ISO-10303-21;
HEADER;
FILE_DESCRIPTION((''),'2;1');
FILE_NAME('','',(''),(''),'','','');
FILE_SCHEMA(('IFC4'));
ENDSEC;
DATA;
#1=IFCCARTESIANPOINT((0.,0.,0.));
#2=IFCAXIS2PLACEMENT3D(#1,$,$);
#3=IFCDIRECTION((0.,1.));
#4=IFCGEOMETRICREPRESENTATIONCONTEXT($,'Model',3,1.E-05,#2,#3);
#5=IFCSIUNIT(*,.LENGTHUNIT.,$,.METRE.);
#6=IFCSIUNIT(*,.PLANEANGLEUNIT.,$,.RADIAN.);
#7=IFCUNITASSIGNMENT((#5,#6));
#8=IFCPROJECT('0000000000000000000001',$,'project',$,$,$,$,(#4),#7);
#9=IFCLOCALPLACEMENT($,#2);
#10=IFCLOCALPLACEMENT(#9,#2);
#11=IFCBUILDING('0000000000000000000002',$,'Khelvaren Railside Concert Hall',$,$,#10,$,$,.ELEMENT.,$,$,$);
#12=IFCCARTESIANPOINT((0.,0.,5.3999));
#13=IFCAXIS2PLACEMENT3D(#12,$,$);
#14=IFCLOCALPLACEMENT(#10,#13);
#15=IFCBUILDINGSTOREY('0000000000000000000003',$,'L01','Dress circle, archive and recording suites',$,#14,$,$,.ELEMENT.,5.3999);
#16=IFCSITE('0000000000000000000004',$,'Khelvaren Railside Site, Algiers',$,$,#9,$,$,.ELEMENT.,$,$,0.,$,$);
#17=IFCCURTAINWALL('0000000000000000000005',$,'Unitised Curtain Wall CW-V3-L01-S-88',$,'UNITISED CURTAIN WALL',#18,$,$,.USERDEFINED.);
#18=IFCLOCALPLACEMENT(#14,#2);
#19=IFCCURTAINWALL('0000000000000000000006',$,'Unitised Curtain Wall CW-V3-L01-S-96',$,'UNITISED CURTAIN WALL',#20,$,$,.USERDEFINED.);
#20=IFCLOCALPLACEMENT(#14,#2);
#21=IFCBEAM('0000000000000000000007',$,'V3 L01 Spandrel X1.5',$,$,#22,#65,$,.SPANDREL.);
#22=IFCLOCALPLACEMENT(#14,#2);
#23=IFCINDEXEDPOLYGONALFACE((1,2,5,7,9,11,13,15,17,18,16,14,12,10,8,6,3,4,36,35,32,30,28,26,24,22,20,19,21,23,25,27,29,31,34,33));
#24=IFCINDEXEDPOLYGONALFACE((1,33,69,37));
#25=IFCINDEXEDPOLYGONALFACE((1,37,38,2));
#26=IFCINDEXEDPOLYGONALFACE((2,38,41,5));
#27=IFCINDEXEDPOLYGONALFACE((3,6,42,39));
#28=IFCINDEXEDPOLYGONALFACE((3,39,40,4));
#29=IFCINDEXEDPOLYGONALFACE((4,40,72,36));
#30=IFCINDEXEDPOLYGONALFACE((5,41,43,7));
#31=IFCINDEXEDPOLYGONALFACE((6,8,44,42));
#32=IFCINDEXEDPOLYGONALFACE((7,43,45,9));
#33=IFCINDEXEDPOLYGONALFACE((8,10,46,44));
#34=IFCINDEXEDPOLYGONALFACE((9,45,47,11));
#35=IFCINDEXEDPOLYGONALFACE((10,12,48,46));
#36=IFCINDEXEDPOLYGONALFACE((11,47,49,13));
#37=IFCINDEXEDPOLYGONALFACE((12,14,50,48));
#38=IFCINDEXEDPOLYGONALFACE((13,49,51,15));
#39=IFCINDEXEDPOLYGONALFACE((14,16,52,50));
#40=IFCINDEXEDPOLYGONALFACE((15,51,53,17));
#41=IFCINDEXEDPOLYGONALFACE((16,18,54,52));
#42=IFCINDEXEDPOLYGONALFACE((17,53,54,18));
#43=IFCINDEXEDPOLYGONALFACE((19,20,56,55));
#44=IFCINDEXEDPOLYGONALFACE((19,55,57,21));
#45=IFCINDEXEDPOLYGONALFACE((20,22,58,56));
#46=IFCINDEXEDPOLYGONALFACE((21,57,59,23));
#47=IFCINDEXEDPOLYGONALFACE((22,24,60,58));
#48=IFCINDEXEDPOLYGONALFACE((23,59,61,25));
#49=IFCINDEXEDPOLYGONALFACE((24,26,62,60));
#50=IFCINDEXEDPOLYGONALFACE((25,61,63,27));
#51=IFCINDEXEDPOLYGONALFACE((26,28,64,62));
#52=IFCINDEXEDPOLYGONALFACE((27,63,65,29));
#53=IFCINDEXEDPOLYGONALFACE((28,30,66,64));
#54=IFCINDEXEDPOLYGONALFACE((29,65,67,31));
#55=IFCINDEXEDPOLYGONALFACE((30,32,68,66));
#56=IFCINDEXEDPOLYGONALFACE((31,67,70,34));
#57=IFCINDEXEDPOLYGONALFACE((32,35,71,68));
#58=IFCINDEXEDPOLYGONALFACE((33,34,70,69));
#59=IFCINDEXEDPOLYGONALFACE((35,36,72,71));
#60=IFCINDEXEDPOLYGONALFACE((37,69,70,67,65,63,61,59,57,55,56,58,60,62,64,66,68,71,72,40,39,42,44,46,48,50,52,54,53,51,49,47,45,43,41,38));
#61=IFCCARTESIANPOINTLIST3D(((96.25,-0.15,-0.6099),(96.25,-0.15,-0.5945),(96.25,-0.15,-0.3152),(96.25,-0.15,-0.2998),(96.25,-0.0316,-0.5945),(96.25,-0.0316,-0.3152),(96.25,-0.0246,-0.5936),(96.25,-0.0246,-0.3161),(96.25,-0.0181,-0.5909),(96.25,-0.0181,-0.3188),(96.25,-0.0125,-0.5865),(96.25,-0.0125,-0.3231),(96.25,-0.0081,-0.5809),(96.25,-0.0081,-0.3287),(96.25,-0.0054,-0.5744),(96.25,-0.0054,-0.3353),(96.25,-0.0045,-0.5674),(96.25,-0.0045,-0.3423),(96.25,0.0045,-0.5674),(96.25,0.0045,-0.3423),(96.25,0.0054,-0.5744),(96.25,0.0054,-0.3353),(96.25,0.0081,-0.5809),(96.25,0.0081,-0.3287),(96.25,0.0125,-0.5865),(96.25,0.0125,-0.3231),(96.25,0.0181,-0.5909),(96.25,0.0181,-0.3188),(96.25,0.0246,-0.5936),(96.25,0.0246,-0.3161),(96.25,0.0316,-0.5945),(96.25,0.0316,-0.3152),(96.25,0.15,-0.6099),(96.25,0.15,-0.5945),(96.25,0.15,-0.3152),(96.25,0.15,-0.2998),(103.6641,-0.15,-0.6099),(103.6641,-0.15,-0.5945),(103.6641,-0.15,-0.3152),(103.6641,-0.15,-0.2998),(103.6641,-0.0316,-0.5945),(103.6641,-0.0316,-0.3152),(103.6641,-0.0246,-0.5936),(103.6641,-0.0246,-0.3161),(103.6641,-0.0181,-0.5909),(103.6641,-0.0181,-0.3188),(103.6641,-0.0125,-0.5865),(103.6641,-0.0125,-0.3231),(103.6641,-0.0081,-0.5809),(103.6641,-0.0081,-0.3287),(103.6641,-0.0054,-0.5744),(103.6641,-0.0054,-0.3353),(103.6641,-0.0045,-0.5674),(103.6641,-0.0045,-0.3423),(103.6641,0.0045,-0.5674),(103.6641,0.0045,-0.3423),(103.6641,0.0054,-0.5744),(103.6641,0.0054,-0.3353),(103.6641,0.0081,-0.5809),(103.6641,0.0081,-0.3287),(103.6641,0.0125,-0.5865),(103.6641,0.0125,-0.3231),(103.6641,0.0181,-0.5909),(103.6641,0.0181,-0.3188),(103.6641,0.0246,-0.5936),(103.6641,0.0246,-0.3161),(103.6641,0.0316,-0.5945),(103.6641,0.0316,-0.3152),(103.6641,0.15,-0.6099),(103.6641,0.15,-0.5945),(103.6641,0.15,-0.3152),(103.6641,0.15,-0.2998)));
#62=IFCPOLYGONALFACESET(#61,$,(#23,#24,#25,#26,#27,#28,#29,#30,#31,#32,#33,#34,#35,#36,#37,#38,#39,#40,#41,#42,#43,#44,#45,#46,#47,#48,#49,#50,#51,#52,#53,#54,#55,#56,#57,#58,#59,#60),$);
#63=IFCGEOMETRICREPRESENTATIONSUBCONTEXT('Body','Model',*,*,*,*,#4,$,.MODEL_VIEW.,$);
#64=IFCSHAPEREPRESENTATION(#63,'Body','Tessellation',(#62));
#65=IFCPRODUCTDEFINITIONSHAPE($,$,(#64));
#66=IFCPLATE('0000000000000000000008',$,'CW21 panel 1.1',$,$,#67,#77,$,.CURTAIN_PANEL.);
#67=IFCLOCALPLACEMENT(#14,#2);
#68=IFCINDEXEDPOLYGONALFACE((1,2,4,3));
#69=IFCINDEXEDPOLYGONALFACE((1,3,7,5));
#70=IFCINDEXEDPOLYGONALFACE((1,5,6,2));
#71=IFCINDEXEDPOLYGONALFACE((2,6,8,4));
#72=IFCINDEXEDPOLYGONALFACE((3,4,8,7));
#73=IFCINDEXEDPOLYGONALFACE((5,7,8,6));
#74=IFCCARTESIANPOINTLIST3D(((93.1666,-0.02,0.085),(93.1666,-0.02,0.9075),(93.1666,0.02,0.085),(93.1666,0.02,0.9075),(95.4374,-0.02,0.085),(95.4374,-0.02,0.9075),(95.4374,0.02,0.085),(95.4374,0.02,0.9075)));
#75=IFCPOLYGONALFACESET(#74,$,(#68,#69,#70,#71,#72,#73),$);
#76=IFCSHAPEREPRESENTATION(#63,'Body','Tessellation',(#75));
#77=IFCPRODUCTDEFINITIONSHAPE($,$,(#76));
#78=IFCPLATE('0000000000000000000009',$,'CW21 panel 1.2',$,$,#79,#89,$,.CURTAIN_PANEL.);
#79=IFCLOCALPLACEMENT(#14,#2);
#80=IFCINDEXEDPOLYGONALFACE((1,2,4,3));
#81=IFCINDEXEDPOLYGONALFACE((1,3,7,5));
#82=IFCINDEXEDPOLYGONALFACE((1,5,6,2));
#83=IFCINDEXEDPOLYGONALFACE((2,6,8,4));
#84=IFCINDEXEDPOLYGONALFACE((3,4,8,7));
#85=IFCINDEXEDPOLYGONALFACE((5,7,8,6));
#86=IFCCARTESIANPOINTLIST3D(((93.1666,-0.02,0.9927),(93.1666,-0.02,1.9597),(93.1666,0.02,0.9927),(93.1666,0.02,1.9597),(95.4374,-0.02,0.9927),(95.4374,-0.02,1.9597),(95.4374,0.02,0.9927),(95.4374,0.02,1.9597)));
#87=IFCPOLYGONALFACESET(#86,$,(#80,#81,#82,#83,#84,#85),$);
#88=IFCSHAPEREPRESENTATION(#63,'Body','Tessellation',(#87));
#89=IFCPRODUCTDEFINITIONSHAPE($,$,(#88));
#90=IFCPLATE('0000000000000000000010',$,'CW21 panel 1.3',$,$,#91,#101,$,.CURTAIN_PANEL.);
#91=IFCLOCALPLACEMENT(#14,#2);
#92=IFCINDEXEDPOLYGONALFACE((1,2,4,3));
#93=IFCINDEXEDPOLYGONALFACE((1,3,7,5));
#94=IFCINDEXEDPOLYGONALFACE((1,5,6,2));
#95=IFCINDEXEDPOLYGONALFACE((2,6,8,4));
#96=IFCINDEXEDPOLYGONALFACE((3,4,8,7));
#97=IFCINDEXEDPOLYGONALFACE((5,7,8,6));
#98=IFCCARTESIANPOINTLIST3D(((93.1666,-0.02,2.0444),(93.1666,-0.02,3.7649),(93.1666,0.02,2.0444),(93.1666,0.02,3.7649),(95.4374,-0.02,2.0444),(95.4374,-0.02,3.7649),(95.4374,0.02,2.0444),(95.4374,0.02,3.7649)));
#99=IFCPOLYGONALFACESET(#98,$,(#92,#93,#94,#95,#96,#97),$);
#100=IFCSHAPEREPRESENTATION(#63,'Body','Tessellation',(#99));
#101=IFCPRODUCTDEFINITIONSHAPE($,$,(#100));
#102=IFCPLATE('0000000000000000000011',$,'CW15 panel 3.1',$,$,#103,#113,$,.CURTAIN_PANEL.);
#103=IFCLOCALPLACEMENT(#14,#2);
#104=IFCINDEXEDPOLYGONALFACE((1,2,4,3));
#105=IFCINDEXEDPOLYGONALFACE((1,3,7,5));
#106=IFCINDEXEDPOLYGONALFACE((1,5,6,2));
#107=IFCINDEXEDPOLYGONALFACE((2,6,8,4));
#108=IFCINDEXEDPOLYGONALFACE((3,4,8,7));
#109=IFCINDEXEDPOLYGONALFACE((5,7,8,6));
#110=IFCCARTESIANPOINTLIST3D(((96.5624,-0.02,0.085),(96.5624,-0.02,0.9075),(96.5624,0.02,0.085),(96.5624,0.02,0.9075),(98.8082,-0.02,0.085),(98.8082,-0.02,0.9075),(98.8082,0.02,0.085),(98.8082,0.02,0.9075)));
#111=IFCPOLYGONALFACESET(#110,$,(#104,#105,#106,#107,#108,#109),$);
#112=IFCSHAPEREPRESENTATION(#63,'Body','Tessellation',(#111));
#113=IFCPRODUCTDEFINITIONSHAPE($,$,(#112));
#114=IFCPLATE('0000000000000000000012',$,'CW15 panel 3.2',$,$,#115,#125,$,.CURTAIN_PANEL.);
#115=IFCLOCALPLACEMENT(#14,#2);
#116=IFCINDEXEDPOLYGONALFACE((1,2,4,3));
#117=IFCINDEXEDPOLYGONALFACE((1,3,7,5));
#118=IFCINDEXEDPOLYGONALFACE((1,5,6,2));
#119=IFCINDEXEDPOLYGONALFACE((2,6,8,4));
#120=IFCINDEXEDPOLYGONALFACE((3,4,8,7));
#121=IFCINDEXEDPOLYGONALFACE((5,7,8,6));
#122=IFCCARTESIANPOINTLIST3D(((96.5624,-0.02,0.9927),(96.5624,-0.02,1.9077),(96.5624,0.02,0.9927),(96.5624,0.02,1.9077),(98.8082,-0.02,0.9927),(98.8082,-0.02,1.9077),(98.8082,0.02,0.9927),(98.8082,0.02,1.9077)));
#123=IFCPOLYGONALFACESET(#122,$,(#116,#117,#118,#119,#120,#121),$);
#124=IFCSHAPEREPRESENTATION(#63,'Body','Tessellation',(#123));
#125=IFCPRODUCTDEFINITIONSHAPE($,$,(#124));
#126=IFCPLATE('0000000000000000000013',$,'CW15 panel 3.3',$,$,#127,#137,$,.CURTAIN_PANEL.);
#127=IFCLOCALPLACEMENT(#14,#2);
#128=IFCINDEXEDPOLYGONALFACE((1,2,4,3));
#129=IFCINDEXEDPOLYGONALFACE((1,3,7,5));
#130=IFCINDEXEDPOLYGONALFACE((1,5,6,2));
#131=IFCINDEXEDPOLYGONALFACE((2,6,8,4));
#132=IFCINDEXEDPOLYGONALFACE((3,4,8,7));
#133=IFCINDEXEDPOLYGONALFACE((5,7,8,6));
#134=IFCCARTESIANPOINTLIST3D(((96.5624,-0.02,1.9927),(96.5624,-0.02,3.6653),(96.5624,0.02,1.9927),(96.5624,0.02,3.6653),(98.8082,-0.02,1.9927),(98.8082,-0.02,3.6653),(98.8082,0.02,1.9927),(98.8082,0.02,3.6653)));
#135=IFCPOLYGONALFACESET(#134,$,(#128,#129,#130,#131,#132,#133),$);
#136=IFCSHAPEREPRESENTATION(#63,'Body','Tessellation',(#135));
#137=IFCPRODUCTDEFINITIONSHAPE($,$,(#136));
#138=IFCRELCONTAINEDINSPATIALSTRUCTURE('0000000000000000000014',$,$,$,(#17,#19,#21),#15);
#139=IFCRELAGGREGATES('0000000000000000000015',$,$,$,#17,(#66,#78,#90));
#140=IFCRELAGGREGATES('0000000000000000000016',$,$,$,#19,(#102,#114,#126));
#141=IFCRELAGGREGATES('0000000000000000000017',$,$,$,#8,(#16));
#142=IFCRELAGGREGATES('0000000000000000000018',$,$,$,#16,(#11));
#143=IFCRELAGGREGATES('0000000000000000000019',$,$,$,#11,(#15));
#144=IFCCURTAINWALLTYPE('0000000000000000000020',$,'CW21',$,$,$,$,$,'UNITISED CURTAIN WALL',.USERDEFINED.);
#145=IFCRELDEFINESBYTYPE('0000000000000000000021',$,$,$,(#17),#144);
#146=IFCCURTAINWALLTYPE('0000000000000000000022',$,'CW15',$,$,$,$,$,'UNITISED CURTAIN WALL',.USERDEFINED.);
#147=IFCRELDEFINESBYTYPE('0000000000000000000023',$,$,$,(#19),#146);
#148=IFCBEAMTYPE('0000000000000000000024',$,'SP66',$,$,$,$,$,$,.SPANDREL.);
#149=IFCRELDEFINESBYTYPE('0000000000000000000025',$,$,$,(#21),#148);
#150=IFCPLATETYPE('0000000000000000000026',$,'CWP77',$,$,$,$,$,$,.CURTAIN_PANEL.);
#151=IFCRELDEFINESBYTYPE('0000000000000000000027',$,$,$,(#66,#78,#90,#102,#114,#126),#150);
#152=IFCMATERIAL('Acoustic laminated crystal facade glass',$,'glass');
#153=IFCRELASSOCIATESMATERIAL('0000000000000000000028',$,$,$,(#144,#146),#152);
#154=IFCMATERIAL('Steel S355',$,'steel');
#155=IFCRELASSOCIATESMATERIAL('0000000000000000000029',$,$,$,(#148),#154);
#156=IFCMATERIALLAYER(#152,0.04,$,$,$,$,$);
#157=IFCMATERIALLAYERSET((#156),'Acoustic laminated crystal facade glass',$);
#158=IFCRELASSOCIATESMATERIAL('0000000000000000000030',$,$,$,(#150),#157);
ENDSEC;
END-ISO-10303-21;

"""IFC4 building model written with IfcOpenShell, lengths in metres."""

from ifc_helpers import new_model, si_unit, direction, frame, origin, origin_2d, place, context, subcontext, project, spatial, rectangle, i_section, extrude, material, layer, layer_set, material_profile, profile_set, type_object, element, aggregate, save


model = new_model("IFC4")

# Units and contexts
model_context = context("Model", 3, precision=1e-05, world=origin(), true_north=direction((0.0, 1.0)))
body_context = subcontext(model_context, "Body", "Model", "MODEL_VIEW")
ifc_project = project(units=[si_unit("LENGTHUNIT", "METRE"), si_unit("PLANEANGLEUNIT", "RADIAN")], contexts=[model_context])

# Site, building, storey
site_placement = place(None, origin())
site = spatial("IfcSite", under=ifc_project, at=site_placement, Name="Khelvaren Railside Site, Algiers", CompositionType="ELEMENT", RefElevation=0.0)
building_placement = place(site_placement, origin())
building = spatial("IfcBuilding", under=site, at=building_placement, Name="Khelvaren Railside Concert Hall", CompositionType="ELEMENT")
storey_placement = place(building_placement, frame((0.0, 0.0, 5.3999)))
storey = spatial("IfcBuildingStorey", under=building, at=storey_placement, Name="L01", Description="Dress circle, archive and recording suites", CompositionType="ELEMENT", Elevation=5.3999)

# Curtain walls
ifc_material_1 = material(Name="Acoustic laminated crystal facade glass", Category="glass")
curtain_wall_type_1 = type_object("IfcCurtainWallType", Name="CW21", ElementType="UNITISED CURTAIN WALL", PredefinedType="USERDEFINED", material=ifc_material_1)
curtain_wall_1_placement = place(storey_placement, origin())
curtain_wall_1 = element("IfcCurtainWall", 1, at=curtain_wall_1_placement, inside=storey, type_object=curtain_wall_type_1, Name="Unitised Curtain Wall CW-V3-L01-S-88", ObjectType="UNITISED CURTAIN WALL", PredefinedType="USERDEFINED")
curtain_wall_type_2 = type_object("IfcCurtainWallType", Name="CW15", ElementType="UNITISED CURTAIN WALL", PredefinedType="USERDEFINED", material=ifc_material_1)
curtain_wall_2_placement = place(storey_placement, origin())
curtain_wall_2 = element("IfcCurtainWall", 2, at=curtain_wall_2_placement, inside=storey, type_object=curtain_wall_type_2, Name="Unitised Curtain Wall CW-V3-L01-S-96", ObjectType="UNITISED CURTAIN WALL", PredefinedType="USERDEFINED")

# Beam
ifc_material_2 = material(Name="Steel S355", Category="steel")
ifc_material_profile_1 = material_profile(ifc_material_2, i_section(OverallWidth=0.3, OverallDepth=0.3101, WebThickness=0.009, FlangeThickness=0.0154, FilletRadius=0.0271, at=origin_2d()), Name="HEA 320")
ifc_profile_set_1 = profile_set([ifc_material_profile_1], Name="Steel S355")
beam_type_1 = type_object("IfcBeamType", Name="SP66", PredefinedType="SPANDREL", material=ifc_profile_set_1)
beam_1_placement = place(storey_placement, frame((96.25, 0.0, -0.4548), z_axis=(1.0, 0.0, 0.0), x_axis=(0.0, 1.0, 0.0)))
element("IfcBeam", 3, at=beam_1_placement, inside=storey, type_object=beam_type_1, Name="V3 L01 Spandrel X1.5", PredefinedType="SPANDREL", context=body_context, shape_type="SweptSolid", body=[
    extrude(i_section(OverallWidth=0.3, OverallDepth=0.3101, WebThickness=0.009, FlangeThickness=0.0154, FilletRadius=0.0271, at=origin_2d()), origin(), (0.0, 0.0, 1.0), 7.4141),
])

# Plates
ifc_layer = layer(ifc_material_1, 0.04)
ifc_layer_set = layer_set([ifc_layer], Name="Acoustic laminated crystal facade glass")
plate_type = type_object("IfcPlateType", Name="CWP77", PredefinedType="CURTAIN_PANEL", material=ifc_layer_set)
plate_1_placement = place(storey_placement, frame((94.302, 0.0, 0.085), z_axis=(0.0, 0.0, 1.0), x_axis=(-1.0, 0.0, 0.0)))
plate_1 = element("IfcPlate", 4, at=plate_1_placement, type_object=plate_type, Name="CW21 panel 1.1", PredefinedType="CURTAIN_PANEL", context=body_context, shape_type="SweptSolid", body=[
    extrude(rectangle(XDim=2.2708, YDim=0.04, at=origin_2d()), origin(), (0.0, 0.0, 1.0), 0.8225),
])
plate_2_placement = place(storey_placement, frame((94.302, 0.0, 0.9927), z_axis=(0.0, 0.0, 1.0), x_axis=(-1.0, 0.0, 0.0)))
plate_2 = element("IfcPlate", 5, at=plate_2_placement, type_object=plate_type, Name="CW21 panel 1.2", PredefinedType="CURTAIN_PANEL", context=body_context, shape_type="SweptSolid", body=[
    extrude(rectangle(XDim=2.2708, YDim=0.04, at=origin_2d()), origin(), (0.0, 0.0, 1.0), 0.967),
])
plate_3_placement = place(storey_placement, frame((94.302, 0.0, 2.0444), z_axis=(0.0, 0.0, 1.0), x_axis=(-1.0, 0.0, 0.0)))
plate_3 = element("IfcPlate", 6, at=plate_3_placement, type_object=plate_type, Name="CW21 panel 1.3", PredefinedType="CURTAIN_PANEL", context=body_context, shape_type="SweptSolid", body=[
    extrude(rectangle(XDim=2.2708, YDim=0.04, at=origin_2d()), origin(), (0.0, 0.0, 1.0), 1.7205),
])
aggregate(curtain_wall_1, [plate_1, plate_2, plate_3])
plate_4_placement = place(storey_placement, frame((97.6853, 0.0, 0.085), z_axis=(0.0, 0.0, 1.0), x_axis=(-1.0, 0.0, 0.0)))
plate_4 = element("IfcPlate", 7, at=plate_4_placement, type_object=plate_type, Name="CW15 panel 3.1", PredefinedType="CURTAIN_PANEL", context=body_context, shape_type="SweptSolid", body=[
    extrude(rectangle(XDim=2.2458, YDim=0.04, at=origin_2d()), origin(), (0.0, 0.0, 1.0), 0.8225),
])
plate_5_placement = place(storey_placement, frame((97.6853, 0.0, 0.9927), z_axis=(0.0, 0.0, 1.0), x_axis=(-1.0, 0.0, 0.0)))
plate_5 = element("IfcPlate", 8, at=plate_5_placement, type_object=plate_type, Name="CW15 panel 3.2", PredefinedType="CURTAIN_PANEL", context=body_context, shape_type="SweptSolid", body=[
    extrude(rectangle(XDim=2.2458, YDim=0.04, at=origin_2d()), origin(), (0.0, 0.0, 1.0), 0.915),
])
plate_6_placement = place(storey_placement, frame((97.6853, 0.0, 1.9927), z_axis=(0.0, 0.0, 1.0), x_axis=(-1.0, 0.0, 0.0)))
plate_6 = element("IfcPlate", 9, at=plate_6_placement, type_object=plate_type, Name="CW15 panel 3.3", PredefinedType="CURTAIN_PANEL", context=body_context, shape_type="SweptSolid", body=[
    extrude(rectangle(XDim=2.2458, YDim=0.04, at=origin_2d()), origin(), (0.0, 0.0, 1.0), 1.6726),
])
aggregate(curtain_wall_2, [plate_4, plate_5, plate_6])

save(model, "model.ifc")
